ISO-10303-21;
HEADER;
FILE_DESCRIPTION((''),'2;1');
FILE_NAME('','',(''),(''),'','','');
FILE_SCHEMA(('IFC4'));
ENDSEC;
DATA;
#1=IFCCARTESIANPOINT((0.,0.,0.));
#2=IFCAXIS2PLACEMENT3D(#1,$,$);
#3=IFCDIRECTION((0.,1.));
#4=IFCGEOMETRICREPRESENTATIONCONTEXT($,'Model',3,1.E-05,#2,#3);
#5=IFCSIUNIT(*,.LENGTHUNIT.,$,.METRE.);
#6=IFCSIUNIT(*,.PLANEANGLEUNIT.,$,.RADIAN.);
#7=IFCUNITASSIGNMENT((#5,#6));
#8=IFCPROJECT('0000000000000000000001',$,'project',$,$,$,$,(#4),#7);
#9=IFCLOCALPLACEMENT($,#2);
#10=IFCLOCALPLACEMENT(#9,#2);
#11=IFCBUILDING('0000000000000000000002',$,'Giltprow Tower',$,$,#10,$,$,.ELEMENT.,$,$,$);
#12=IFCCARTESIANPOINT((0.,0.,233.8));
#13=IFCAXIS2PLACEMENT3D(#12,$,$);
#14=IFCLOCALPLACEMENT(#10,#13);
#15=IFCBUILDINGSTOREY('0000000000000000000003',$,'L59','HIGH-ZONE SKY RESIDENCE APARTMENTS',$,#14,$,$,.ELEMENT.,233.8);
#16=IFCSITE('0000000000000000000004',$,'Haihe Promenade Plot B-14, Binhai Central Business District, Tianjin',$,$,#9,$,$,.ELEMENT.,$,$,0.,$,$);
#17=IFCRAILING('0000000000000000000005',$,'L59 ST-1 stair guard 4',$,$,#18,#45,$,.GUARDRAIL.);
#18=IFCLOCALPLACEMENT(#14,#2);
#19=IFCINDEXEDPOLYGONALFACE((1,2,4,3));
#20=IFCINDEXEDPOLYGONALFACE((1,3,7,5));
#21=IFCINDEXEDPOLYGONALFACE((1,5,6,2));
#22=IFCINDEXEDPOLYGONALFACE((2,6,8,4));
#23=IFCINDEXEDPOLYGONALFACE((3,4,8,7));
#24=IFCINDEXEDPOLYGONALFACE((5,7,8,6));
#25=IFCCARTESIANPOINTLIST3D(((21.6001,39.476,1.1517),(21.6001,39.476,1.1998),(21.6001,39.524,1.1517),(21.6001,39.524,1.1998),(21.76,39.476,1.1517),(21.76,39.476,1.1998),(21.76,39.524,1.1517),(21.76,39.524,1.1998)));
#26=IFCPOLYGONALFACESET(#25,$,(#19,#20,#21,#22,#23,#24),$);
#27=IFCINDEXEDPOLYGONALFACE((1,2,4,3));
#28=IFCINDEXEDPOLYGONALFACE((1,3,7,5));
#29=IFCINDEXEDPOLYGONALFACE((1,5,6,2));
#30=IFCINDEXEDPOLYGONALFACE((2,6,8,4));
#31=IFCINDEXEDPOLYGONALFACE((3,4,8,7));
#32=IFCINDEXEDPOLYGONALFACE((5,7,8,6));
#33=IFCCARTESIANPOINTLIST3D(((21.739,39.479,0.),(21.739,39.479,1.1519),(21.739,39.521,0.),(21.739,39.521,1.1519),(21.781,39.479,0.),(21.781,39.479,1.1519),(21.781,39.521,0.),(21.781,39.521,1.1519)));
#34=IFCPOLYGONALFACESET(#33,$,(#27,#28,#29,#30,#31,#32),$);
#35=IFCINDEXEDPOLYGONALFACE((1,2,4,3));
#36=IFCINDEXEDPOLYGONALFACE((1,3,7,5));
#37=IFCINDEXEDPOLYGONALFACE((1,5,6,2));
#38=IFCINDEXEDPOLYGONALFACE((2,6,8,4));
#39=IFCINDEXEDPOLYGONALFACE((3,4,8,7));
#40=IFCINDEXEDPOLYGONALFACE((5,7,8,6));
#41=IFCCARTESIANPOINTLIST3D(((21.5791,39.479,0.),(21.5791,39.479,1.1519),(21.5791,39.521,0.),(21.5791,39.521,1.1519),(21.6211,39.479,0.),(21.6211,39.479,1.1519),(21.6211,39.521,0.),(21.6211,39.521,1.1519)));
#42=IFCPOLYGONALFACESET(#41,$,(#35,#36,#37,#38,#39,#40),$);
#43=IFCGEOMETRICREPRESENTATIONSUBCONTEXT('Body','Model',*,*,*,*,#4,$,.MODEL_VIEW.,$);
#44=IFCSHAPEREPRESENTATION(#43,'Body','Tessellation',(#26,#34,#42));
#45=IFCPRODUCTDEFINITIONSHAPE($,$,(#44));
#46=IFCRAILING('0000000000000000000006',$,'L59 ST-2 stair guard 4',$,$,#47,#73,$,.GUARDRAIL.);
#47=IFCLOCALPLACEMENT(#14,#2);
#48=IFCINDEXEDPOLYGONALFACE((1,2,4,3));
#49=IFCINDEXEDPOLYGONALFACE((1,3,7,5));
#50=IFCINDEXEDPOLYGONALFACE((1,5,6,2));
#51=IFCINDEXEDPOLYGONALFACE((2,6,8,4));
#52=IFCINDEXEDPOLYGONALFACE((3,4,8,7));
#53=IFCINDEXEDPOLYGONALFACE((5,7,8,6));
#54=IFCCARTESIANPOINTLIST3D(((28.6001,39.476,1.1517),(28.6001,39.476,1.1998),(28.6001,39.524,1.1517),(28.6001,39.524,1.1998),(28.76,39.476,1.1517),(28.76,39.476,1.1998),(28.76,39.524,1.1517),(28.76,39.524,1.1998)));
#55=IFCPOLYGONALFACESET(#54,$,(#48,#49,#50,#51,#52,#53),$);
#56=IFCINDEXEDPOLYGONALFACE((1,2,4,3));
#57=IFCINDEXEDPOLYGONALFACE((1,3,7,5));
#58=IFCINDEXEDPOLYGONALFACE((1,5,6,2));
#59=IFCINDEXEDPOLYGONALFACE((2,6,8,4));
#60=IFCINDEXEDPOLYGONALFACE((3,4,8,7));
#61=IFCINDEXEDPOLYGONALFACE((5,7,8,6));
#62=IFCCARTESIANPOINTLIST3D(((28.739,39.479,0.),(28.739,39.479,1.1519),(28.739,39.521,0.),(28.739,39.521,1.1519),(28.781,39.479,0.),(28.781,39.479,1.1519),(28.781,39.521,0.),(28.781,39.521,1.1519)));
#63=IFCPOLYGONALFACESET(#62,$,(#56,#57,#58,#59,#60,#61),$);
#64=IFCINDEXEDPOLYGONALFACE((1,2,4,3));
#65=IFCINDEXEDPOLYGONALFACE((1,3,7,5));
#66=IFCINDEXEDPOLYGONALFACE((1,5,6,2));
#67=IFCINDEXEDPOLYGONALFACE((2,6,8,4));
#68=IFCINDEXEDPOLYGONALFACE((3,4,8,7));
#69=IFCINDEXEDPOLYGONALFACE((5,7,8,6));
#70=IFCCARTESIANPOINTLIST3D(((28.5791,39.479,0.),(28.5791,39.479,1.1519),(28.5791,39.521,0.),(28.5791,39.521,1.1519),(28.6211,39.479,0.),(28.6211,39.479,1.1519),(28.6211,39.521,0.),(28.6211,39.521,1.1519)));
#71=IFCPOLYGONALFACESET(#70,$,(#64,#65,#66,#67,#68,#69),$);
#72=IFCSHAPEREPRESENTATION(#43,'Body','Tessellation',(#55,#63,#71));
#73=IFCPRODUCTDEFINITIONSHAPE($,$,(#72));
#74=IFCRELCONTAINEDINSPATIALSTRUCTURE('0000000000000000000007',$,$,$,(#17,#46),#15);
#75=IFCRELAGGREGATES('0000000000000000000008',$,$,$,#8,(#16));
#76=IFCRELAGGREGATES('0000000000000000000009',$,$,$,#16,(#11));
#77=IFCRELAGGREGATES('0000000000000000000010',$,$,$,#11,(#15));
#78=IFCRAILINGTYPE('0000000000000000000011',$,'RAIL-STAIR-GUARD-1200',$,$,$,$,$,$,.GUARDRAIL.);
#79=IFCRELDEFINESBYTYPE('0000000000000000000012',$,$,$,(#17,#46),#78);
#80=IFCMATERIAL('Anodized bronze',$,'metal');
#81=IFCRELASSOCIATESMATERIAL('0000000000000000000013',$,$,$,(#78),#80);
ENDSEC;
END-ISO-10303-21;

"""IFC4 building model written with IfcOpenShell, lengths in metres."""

from ifc_helpers import new_model, si_unit, direction, frame, origin, origin_2d, place, context, subcontext, project, spatial, rectangle, extrude, material, type_object, element, save


model = new_model("IFC4")

# Units and contexts
model_context = context("Model", 3, precision=1e-05, world=origin(), true_north=direction((0.0, 1.0)))
body_context = subcontext(model_context, "Body", "Model", "MODEL_VIEW")
ifc_project = project(units=[si_unit("LENGTHUNIT", "METRE"), si_unit("PLANEANGLEUNIT", "RADIAN")], contexts=[model_context])

# Site, building, storey
site_placement = place(None, origin())
site = spatial("IfcSite", under=ifc_project, at=site_placement, Name="Haihe Promenade Plot B-14, Binhai Central Business District, Tianjin", CompositionType="ELEMENT", RefElevation=0.0)
building_placement = place(site_placement, origin())
building = spatial("IfcBuilding", under=site, at=building_placement, Name="Giltprow Tower", CompositionType="ELEMENT")
storey_placement = place(building_placement, frame((0.0, 0.0, 233.8)))
storey = spatial("IfcBuildingStorey", under=building, at=storey_placement, Name="L59", Description="HIGH-ZONE SKY RESIDENCE APARTMENTS", CompositionType="ELEMENT", Elevation=233.8)

# Railings
ifc_material_1 = material(Name="Anodized bronze", Category="metal")
railing_type = type_object("IfcRailingType", Name="RAIL-STAIR-GUARD-1200", PredefinedType="GUARDRAIL", material=ifc_material_1)
for number, where, name in (
    (1, (21.76, 39.5, 0.0), "L59 ST-1 stair guard 4"),
    (2, (28.76, 39.5, 0.0), "L59 ST-2 stair guard 4"),
):
    element("IfcRailing", number, at=place(storey_placement, frame(where)), inside=storey, type_object=railing_type, Name=name, PredefinedType="GUARDRAIL", context=body_context, shape_type="SweptSolid", body=[
        extrude(rectangle(XDim=0.0481, YDim=0.0481, at=origin_2d()), frame((0.0, 0.0, 1.1758), z_axis=(-1.0, 0.0, 0.0), x_axis=(0.0, -1.0, 0.0)), (0.0, 0.0, 1.0), 0.1599),
        extrude(rectangle(XDim=0.042, YDim=0.042, at=origin_2d()), origin(), (0.0, 0.0, 1.0), 1.1519),
        extrude(rectangle(XDim=0.042, YDim=0.042, at=origin_2d()), frame((-0.1599, 0.0, 0.0)), (0.0, 0.0, 1.0), 1.1519),
    ])

save(model, "model.ifc")
